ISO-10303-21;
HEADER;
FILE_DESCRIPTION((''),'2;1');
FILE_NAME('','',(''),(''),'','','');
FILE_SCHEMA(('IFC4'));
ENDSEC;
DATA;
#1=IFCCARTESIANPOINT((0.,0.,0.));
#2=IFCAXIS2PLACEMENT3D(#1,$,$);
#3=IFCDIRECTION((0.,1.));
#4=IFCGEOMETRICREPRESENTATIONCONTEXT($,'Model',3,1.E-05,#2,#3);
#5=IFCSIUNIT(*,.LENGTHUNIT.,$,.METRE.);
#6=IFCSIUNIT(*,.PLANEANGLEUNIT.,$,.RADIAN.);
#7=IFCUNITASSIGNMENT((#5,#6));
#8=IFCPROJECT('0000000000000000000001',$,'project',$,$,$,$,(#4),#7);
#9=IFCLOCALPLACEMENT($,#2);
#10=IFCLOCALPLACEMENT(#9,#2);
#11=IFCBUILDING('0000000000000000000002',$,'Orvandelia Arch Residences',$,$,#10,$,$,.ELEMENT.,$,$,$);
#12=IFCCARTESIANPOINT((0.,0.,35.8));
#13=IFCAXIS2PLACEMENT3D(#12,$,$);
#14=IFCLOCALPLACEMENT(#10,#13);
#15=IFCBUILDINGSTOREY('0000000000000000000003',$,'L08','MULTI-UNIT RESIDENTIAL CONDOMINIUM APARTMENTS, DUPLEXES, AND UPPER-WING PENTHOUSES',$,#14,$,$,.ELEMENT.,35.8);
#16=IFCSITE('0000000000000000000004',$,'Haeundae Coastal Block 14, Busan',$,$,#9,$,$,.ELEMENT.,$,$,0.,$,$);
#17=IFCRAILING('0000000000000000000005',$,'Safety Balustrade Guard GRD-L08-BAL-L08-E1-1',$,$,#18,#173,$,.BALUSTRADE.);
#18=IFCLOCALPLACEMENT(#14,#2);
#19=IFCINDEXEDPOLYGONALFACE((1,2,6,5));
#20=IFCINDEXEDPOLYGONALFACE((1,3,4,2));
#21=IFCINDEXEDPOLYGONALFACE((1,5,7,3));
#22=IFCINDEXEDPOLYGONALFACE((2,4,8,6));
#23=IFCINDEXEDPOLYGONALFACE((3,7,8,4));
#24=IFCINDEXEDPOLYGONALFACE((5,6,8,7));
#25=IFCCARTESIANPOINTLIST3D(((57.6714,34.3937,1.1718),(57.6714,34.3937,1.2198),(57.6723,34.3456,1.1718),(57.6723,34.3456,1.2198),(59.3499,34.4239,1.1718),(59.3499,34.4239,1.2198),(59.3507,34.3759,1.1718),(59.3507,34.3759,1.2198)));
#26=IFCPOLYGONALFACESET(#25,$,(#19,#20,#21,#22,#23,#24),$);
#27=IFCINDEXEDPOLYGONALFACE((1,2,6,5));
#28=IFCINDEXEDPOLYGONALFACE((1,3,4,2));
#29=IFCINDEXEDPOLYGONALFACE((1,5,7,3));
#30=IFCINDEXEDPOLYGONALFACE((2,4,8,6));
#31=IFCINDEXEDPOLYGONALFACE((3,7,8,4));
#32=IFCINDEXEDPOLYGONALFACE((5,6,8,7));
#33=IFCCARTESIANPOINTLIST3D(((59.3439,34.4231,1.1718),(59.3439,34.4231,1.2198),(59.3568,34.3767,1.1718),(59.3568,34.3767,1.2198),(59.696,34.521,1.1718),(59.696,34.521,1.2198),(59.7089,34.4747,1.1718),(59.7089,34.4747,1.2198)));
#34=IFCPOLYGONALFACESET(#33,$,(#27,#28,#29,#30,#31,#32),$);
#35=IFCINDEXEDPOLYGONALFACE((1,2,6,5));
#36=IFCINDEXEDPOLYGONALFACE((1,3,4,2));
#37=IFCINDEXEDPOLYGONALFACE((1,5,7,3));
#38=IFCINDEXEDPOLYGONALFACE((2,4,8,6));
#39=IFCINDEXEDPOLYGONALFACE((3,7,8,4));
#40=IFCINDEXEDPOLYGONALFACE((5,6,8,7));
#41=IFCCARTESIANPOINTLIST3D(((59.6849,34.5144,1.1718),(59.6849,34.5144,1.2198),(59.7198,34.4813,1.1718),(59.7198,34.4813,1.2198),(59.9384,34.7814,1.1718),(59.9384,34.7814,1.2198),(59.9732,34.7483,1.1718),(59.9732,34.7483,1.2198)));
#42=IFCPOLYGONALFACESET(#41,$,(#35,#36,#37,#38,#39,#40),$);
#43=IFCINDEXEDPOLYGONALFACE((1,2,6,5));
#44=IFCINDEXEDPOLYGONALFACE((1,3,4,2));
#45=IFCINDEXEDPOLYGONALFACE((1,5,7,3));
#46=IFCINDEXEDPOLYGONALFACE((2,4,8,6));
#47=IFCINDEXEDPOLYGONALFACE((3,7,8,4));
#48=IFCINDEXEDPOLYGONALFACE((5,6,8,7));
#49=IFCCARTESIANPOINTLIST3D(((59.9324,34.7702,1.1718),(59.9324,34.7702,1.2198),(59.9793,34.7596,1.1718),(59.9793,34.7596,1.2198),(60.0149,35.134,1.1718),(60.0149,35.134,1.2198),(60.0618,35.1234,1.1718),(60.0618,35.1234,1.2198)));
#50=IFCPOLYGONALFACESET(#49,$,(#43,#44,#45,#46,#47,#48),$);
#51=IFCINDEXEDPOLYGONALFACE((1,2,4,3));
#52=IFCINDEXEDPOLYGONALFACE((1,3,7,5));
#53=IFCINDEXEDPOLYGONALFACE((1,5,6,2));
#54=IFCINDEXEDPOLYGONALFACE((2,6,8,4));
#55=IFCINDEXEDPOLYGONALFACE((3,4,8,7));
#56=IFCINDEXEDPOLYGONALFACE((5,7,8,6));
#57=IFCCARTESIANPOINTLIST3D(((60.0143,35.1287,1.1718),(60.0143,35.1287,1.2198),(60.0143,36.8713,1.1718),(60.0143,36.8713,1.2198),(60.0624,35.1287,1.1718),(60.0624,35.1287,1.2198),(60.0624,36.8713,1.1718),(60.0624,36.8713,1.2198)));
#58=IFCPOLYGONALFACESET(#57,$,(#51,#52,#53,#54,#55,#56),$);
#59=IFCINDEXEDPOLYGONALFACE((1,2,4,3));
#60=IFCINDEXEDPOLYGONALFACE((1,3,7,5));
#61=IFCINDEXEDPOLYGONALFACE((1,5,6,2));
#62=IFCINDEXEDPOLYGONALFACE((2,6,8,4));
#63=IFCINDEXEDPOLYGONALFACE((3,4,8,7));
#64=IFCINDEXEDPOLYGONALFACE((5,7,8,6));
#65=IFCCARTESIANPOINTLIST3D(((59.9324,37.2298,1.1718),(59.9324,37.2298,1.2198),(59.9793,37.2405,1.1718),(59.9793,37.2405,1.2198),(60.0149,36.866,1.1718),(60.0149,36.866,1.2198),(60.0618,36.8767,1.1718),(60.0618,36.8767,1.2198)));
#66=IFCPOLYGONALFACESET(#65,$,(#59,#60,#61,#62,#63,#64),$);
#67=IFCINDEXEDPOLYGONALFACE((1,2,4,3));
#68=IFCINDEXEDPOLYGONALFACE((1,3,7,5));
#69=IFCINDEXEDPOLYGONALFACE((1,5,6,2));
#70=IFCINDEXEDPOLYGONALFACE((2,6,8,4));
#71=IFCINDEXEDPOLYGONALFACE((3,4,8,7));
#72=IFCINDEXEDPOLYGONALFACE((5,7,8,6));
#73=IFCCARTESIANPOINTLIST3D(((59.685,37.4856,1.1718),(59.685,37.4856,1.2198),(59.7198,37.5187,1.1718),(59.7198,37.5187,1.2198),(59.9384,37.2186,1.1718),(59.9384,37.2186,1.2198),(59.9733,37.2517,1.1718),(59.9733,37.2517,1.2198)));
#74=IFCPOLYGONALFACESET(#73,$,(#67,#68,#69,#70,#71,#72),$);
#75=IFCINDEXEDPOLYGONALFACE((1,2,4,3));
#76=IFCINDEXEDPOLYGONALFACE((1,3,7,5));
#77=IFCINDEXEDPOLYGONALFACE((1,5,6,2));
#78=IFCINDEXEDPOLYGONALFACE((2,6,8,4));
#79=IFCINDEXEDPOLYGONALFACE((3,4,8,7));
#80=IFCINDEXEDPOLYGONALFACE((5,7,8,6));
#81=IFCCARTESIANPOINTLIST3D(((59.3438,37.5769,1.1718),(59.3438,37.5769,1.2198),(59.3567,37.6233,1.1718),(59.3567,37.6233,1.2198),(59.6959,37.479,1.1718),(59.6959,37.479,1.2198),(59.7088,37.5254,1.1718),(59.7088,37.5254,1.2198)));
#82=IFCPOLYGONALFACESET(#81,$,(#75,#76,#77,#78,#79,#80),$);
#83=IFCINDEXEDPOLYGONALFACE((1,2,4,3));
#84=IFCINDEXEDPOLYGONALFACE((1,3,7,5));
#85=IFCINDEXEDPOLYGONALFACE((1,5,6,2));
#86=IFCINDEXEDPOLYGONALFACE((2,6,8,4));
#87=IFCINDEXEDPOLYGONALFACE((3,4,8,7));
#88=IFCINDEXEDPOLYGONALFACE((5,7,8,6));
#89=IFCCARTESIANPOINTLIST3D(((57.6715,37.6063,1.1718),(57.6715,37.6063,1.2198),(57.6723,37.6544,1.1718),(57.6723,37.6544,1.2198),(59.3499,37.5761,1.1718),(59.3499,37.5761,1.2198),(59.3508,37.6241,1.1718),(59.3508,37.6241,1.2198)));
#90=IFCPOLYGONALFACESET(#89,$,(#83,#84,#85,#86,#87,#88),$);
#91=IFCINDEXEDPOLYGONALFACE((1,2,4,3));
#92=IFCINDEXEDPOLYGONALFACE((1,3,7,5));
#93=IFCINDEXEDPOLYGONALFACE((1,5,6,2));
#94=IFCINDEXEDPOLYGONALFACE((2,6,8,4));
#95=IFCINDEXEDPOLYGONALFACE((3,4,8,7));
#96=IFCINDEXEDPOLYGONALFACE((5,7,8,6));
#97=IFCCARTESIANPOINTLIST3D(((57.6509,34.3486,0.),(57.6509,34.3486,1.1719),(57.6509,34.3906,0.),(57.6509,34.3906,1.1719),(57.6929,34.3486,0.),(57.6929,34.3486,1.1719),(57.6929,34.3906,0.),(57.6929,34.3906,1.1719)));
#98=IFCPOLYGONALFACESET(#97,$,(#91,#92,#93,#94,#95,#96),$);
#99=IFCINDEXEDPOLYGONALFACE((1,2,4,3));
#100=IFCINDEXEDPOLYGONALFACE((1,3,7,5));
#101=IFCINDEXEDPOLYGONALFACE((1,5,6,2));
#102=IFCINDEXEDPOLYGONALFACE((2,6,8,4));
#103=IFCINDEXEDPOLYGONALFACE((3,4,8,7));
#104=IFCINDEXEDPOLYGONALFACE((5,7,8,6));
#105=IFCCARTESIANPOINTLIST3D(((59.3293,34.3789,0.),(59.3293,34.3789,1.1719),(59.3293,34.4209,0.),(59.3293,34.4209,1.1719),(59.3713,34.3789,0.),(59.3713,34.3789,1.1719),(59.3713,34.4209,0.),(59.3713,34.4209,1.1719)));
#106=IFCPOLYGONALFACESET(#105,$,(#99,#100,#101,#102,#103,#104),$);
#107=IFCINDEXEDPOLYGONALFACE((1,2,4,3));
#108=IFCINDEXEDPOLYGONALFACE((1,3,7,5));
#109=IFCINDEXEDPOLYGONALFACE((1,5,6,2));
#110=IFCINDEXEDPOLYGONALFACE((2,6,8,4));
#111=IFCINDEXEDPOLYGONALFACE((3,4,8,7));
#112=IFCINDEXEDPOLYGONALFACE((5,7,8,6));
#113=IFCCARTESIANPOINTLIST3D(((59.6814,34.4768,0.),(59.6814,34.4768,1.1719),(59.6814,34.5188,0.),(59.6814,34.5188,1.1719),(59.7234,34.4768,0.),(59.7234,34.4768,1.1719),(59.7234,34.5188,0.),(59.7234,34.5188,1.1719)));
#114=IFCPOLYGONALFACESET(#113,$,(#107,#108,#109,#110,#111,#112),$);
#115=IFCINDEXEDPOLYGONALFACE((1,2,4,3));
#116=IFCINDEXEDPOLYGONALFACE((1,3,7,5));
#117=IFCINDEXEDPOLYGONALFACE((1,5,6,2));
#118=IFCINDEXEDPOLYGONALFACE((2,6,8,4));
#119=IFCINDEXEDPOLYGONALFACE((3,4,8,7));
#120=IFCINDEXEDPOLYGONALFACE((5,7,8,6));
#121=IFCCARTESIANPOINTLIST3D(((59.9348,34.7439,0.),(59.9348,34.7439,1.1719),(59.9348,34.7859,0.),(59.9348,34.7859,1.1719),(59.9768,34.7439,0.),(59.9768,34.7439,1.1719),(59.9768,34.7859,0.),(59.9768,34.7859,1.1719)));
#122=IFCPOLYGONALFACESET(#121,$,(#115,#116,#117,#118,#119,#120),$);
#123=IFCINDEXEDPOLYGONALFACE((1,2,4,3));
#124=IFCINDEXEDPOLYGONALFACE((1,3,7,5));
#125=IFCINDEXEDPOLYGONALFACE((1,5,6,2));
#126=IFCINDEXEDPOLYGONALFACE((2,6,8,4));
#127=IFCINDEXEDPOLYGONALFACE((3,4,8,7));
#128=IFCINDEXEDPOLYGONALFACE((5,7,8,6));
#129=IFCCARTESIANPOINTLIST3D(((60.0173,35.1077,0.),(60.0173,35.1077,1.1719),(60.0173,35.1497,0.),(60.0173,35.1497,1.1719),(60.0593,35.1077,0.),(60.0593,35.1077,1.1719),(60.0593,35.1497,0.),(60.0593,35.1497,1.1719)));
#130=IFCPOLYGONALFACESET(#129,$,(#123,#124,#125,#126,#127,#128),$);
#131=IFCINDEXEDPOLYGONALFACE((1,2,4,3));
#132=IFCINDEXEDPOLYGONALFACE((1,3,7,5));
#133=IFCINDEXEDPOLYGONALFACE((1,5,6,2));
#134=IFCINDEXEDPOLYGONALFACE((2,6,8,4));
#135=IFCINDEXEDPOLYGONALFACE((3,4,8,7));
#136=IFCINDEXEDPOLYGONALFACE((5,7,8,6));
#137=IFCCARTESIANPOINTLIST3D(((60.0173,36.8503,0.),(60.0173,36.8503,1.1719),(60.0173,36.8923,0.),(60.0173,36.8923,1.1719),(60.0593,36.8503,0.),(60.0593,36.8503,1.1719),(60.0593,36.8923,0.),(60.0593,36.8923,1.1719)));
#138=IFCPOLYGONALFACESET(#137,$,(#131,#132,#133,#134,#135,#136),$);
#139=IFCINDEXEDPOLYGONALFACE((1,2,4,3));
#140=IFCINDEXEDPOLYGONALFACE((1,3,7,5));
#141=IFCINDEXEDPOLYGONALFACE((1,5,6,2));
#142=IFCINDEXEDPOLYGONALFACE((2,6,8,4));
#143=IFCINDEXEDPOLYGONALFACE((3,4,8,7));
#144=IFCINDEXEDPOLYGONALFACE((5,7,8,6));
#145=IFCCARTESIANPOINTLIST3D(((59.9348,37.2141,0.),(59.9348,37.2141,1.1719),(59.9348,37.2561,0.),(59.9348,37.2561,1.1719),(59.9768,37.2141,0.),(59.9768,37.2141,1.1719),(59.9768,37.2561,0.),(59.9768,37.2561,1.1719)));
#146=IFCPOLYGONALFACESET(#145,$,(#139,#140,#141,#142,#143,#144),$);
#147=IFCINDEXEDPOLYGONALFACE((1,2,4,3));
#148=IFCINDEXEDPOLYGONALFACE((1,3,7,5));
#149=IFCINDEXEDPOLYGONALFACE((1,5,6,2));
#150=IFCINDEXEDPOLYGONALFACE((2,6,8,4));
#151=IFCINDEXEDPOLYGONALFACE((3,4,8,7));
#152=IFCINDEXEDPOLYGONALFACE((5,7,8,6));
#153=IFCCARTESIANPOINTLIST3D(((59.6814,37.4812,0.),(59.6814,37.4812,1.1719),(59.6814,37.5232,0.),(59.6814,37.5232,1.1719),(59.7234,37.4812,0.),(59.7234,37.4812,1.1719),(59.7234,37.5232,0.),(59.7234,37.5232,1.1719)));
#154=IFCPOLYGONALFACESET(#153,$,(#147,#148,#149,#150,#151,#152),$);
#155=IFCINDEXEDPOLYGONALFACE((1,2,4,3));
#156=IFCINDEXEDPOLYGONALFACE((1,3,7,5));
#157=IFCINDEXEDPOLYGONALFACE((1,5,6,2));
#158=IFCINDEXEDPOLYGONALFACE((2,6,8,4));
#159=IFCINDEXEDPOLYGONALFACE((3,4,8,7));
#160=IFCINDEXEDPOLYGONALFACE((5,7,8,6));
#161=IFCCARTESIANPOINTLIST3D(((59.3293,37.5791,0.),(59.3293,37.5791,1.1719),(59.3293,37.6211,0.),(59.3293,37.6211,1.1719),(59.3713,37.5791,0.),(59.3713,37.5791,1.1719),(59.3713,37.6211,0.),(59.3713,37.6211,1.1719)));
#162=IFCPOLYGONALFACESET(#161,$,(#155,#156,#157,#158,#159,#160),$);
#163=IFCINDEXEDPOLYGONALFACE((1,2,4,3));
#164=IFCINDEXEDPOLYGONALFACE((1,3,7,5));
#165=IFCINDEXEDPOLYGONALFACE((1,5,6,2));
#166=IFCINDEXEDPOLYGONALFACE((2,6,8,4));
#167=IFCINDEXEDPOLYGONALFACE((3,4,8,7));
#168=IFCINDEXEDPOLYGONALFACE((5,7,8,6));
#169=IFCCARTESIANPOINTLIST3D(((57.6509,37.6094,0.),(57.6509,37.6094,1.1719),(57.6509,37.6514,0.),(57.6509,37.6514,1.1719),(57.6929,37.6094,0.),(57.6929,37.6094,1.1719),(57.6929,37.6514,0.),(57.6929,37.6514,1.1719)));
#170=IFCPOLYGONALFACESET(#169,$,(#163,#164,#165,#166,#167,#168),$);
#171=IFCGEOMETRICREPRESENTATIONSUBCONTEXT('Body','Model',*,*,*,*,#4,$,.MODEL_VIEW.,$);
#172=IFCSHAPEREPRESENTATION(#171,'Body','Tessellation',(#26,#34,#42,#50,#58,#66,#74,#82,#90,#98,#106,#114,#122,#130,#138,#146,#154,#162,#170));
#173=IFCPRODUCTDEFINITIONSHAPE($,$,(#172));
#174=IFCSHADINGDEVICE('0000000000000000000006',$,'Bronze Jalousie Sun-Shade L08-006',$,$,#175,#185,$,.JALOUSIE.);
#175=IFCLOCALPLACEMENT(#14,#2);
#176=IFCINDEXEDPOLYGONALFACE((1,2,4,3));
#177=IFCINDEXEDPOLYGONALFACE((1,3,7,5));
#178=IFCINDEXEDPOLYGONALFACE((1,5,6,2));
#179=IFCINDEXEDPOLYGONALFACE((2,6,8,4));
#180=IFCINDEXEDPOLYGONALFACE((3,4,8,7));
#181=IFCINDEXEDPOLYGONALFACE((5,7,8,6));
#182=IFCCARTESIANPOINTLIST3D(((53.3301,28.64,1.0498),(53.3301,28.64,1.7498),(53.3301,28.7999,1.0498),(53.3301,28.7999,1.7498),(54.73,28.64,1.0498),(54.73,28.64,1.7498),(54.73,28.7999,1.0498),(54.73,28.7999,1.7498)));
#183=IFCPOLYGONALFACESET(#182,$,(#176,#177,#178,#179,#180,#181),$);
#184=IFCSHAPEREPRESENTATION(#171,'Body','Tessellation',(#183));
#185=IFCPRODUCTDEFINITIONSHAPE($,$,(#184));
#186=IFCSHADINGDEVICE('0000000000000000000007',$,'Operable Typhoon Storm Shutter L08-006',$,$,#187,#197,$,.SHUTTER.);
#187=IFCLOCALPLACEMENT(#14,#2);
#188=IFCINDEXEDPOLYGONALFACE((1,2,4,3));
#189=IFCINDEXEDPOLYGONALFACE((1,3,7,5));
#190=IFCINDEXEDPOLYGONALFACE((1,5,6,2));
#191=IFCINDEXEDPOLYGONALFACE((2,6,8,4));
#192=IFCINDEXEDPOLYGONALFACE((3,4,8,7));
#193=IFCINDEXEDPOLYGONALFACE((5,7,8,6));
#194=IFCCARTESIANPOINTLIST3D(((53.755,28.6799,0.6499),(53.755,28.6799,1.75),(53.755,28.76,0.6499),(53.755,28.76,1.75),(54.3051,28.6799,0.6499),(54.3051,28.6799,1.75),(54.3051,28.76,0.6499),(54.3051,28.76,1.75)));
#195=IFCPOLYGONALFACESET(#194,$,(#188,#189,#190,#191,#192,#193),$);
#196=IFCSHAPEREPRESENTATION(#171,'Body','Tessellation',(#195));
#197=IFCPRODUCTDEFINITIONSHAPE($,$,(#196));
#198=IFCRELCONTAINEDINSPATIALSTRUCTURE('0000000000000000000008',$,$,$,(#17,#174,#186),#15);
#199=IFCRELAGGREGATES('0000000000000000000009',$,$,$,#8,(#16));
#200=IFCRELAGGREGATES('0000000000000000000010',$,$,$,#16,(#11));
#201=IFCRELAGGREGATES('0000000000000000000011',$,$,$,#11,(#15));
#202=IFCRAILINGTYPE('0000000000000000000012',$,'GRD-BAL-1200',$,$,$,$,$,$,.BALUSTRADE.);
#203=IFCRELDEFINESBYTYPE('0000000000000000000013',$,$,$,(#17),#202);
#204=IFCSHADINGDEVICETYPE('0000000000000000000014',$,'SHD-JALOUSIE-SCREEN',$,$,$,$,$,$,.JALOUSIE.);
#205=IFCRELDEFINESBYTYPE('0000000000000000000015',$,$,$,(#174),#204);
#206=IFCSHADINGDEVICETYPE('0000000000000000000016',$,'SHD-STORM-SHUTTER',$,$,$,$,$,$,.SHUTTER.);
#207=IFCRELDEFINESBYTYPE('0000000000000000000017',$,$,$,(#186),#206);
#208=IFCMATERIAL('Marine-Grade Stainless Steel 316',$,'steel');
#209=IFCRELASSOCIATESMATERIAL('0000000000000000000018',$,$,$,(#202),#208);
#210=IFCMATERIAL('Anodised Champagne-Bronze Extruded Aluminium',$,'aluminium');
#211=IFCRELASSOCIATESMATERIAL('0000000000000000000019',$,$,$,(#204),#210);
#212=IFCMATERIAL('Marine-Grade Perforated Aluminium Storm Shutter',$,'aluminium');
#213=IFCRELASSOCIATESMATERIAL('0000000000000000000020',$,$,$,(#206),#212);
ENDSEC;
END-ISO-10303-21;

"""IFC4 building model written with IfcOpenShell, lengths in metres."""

from ifc_helpers import new_model, si_unit, direction, frame, origin, origin_2d, place, context, subcontext, project, spatial, rectangle, extrude, material, type_object, element, save


model = new_model("IFC4")

# Units and contexts
model_context = context("Model", 3, precision=1e-05, world=origin(), true_north=direction((0.0, 1.0)))
body_context = subcontext(model_context, "Body", "Model", "MODEL_VIEW")
ifc_project = project(units=[si_unit("LENGTHUNIT", "METRE"), si_unit("PLANEANGLEUNIT", "RADIAN")], contexts=[model_context])

# Site, building, storey
site_placement = place(None, origin())
site = spatial("IfcSite", under=ifc_project, at=site_placement, Name="Haeundae Coastal Block 14, Busan", CompositionType="ELEMENT", RefElevation=0.0)
building_placement = place(site_placement, origin())
building = spatial("IfcBuilding", under=site, at=building_placement, Name="Orvandelia Arch Residences", CompositionType="ELEMENT")
storey_placement = place(building_placement, frame((0.0, 0.0, 35.8)))
storey = spatial("IfcBuildingStorey", under=building, at=storey_placement, Name="L08", Description="MULTI-UNIT RESIDENTIAL CONDOMINIUM APARTMENTS, DUPLEXES, AND UPPER-WING PENTHOUSES", CompositionType="ELEMENT", Elevation=35.8)

# Railing
ifc_material_1 = material(Name="Marine-Grade Stainless Steel 316", Category="steel")
railing_type = type_object("IfcRailingType", Name="GRD-BAL-1200", PredefinedType="BALUSTRADE", material=ifc_material_1)
railing_placement = place(storey_placement, frame((57.6719, 34.3696, 0.0)))
element("IfcRailing", 1, at=railing_placement, inside=storey, type_object=railing_type, Name="Safety Balustrade Guard GRD-L08-BAL-L08-E1-1", PredefinedType="BALUSTRADE", context=body_context, shape_type="SweptSolid", body=[
    extrude(rectangle(XDim=0.0481, YDim=0.0481, at=origin_2d()), frame((0.0, 0.0, 1.1958), z_axis=(0.999837, 0.018033, 0.0), x_axis=(-0.018033, 0.999837, 0.0)), (0.0, 0.0, 1.0), 1.6787),
    extrude(rectangle(XDim=0.0481, YDim=0.0481, at=origin_2d()), frame((1.6785, 0.0303, 1.1958), z_axis=(0.963441, 0.26792, 0.0), x_axis=(-0.26792, 0.963441, 0.0)), (0.0, 0.0, 1.0), 0.3655),
    extrude(rectangle(XDim=0.0481, YDim=0.0481, at=origin_2d()), frame((2.0305, 0.1282, 1.1958), z_axis=(0.688296, 0.72543, 0.0), x_axis=(-0.72543, 0.688296, 0.0)), (0.0, 0.0, 1.0), 0.3682),
    extrude(rectangle(XDim=0.0481, YDim=0.0481, at=origin_2d()), frame((2.2839, 0.3953, 1.1958), z_axis=(0.221225, 0.975223, 0.0), x_axis=(-0.975223, 0.221225, 0.0)), (0.0, 0.0, 1.0), 0.373),
    extrude(rectangle(XDim=0.0481, YDim=0.0481, at=origin_2d()), frame((2.3665, 0.759, 1.1958), z_axis=(0.0, 1.0, 0.0), x_axis=(-1.0, 0.0, 0.0)), (0.0, 0.0, 1.0), 1.7427),
    extrude(rectangle(XDim=0.0481, YDim=0.0481, at=origin_2d()), frame((2.3665, 2.5017, 1.1958), z_axis=(-0.221225, 0.975223, 0.0), x_axis=(-0.975223, -0.221225, 0.0)), (0.0, 0.0, 1.0), 0.373),
    extrude(rectangle(XDim=0.0481, YDim=0.0481, at=origin_2d()), frame((2.2839, 2.8655, 1.1958), z_axis=(-0.688296, 0.72543, 0.0), x_axis=(-0.72543, -0.688296, 0.0)), (0.0, 0.0, 1.0), 0.3682),
    extrude(rectangle(XDim=0.0481, YDim=0.0481, at=origin_2d()), frame((2.0305, 3.1326, 1.1958), z_axis=(-0.963441, 0.26792, 0.0), x_axis=(-0.26792, -0.963441, 0.0)), (0.0, 0.0, 1.0), 0.3655),
    extrude(rectangle(XDim=0.0481, YDim=0.0481, at=origin_2d()), frame((1.6785, 3.2305, 1.1958), z_axis=(-0.999837, 0.018033, 0.0), x_axis=(-0.018033, -0.999837, 0.0)), (0.0, 0.0, 1.0), 1.6787),
    extrude(rectangle(XDim=0.042, YDim=0.042, at=origin_2d()), origin(), (0.0, 0.0, 1.0), 1.1719),
    extrude(rectangle(XDim=0.042, YDim=0.042, at=origin_2d()), frame((1.6785, 0.0303, 0.0)), (0.0, 0.0, 1.0), 1.1719),
    extrude(rectangle(XDim=0.042, YDim=0.042, at=origin_2d()), frame((2.0305, 0.1282, 0.0)), (0.0, 0.0, 1.0), 1.1719),
    extrude(rectangle(XDim=0.042, YDim=0.042, at=origin_2d()), frame((2.2839, 0.3953, 0.0)), (0.0, 0.0, 1.0), 1.1719),
    extrude(rectangle(XDim=0.042, YDim=0.042, at=origin_2d()), frame((2.3665, 0.759, 0.0)), (0.0, 0.0, 1.0), 1.1719),
    extrude(rectangle(XDim=0.042, YDim=0.042, at=origin_2d()), frame((2.3665, 2.5017, 0.0)), (0.0, 0.0, 1.0), 1.1719),
    extrude(rectangle(XDim=0.042, YDim=0.042, at=origin_2d()), frame((2.2839, 2.8655, 0.0)), (0.0, 0.0, 1.0), 1.1719),
    extrude(rectangle(XDim=0.042, YDim=0.042, at=origin_2d()), frame((2.0305, 3.1326, 0.0)), (0.0, 0.0, 1.0), 1.1719),
    extrude(rectangle(XDim=0.042, YDim=0.042, at=origin_2d()), frame((1.6785, 3.2305, 0.0)), (0.0, 0.0, 1.0), 1.1719),
    extrude(rectangle(XDim=0.042, YDim=0.042, at=origin_2d()), frame((0.0, 3.2607, 0.0)), (0.0, 0.0, 1.0), 1.1719),
])

# Shading devices
ifc_material_2 = material(Name="Anodised Champagne-Bronze Extruded Aluminium", Category="aluminium")
shading_device_type_1 = type_object("IfcShadingDeviceType", Name="SHD-JALOUSIE-SCREEN", PredefinedType="JALOUSIE", material=ifc_material_2)
shading_device_1_placement = place(storey_placement, frame((54.03, 28.72, 1.0498), z_axis=(0.0, 0.0, 1.0), x_axis=(-1.0, 0.0, 0.0)))
element("IfcShadingDevice", 2, at=shading_device_1_placement, inside=storey, type_object=shading_device_type_1, Name="Bronze Jalousie Sun-Shade L08-006", PredefinedType="JALOUSIE", context=body_context, shape_type="SweptSolid", body=[
    extrude(rectangle(XDim=1.3999, YDim=0.1599, at=origin_2d()), origin(), (0.0, 0.0, 1.0), 0.7),
])
ifc_material_3 = material(Name="Marine-Grade Perforated Aluminium Storm Shutter", Category="aluminium")
shading_device_type_2 = type_object("IfcShadingDeviceType", Name="SHD-STORM-SHUTTER", PredefinedType="SHUTTER", material=ifc_material_3)
shading_device_2_placement = place(storey_placement, frame((54.03, 28.72, 0.6499), z_axis=(0.0, 0.0, 1.0), x_axis=(-1.0, 0.0, 0.0)))
element("IfcShadingDevice", 3, at=shading_device_2_placement, inside=storey, type_object=shading_device_type_2, Name="Operable Typhoon Storm Shutter L08-006", PredefinedType="SHUTTER", context=body_context, shape_type="SweptSolid", body=[
    extrude(rectangle(XDim=0.55, YDim=0.0801, at=origin_2d()), origin(), (0.0, 0.0, 1.0), 1.1001),
])

save(model, "model.ifc")
